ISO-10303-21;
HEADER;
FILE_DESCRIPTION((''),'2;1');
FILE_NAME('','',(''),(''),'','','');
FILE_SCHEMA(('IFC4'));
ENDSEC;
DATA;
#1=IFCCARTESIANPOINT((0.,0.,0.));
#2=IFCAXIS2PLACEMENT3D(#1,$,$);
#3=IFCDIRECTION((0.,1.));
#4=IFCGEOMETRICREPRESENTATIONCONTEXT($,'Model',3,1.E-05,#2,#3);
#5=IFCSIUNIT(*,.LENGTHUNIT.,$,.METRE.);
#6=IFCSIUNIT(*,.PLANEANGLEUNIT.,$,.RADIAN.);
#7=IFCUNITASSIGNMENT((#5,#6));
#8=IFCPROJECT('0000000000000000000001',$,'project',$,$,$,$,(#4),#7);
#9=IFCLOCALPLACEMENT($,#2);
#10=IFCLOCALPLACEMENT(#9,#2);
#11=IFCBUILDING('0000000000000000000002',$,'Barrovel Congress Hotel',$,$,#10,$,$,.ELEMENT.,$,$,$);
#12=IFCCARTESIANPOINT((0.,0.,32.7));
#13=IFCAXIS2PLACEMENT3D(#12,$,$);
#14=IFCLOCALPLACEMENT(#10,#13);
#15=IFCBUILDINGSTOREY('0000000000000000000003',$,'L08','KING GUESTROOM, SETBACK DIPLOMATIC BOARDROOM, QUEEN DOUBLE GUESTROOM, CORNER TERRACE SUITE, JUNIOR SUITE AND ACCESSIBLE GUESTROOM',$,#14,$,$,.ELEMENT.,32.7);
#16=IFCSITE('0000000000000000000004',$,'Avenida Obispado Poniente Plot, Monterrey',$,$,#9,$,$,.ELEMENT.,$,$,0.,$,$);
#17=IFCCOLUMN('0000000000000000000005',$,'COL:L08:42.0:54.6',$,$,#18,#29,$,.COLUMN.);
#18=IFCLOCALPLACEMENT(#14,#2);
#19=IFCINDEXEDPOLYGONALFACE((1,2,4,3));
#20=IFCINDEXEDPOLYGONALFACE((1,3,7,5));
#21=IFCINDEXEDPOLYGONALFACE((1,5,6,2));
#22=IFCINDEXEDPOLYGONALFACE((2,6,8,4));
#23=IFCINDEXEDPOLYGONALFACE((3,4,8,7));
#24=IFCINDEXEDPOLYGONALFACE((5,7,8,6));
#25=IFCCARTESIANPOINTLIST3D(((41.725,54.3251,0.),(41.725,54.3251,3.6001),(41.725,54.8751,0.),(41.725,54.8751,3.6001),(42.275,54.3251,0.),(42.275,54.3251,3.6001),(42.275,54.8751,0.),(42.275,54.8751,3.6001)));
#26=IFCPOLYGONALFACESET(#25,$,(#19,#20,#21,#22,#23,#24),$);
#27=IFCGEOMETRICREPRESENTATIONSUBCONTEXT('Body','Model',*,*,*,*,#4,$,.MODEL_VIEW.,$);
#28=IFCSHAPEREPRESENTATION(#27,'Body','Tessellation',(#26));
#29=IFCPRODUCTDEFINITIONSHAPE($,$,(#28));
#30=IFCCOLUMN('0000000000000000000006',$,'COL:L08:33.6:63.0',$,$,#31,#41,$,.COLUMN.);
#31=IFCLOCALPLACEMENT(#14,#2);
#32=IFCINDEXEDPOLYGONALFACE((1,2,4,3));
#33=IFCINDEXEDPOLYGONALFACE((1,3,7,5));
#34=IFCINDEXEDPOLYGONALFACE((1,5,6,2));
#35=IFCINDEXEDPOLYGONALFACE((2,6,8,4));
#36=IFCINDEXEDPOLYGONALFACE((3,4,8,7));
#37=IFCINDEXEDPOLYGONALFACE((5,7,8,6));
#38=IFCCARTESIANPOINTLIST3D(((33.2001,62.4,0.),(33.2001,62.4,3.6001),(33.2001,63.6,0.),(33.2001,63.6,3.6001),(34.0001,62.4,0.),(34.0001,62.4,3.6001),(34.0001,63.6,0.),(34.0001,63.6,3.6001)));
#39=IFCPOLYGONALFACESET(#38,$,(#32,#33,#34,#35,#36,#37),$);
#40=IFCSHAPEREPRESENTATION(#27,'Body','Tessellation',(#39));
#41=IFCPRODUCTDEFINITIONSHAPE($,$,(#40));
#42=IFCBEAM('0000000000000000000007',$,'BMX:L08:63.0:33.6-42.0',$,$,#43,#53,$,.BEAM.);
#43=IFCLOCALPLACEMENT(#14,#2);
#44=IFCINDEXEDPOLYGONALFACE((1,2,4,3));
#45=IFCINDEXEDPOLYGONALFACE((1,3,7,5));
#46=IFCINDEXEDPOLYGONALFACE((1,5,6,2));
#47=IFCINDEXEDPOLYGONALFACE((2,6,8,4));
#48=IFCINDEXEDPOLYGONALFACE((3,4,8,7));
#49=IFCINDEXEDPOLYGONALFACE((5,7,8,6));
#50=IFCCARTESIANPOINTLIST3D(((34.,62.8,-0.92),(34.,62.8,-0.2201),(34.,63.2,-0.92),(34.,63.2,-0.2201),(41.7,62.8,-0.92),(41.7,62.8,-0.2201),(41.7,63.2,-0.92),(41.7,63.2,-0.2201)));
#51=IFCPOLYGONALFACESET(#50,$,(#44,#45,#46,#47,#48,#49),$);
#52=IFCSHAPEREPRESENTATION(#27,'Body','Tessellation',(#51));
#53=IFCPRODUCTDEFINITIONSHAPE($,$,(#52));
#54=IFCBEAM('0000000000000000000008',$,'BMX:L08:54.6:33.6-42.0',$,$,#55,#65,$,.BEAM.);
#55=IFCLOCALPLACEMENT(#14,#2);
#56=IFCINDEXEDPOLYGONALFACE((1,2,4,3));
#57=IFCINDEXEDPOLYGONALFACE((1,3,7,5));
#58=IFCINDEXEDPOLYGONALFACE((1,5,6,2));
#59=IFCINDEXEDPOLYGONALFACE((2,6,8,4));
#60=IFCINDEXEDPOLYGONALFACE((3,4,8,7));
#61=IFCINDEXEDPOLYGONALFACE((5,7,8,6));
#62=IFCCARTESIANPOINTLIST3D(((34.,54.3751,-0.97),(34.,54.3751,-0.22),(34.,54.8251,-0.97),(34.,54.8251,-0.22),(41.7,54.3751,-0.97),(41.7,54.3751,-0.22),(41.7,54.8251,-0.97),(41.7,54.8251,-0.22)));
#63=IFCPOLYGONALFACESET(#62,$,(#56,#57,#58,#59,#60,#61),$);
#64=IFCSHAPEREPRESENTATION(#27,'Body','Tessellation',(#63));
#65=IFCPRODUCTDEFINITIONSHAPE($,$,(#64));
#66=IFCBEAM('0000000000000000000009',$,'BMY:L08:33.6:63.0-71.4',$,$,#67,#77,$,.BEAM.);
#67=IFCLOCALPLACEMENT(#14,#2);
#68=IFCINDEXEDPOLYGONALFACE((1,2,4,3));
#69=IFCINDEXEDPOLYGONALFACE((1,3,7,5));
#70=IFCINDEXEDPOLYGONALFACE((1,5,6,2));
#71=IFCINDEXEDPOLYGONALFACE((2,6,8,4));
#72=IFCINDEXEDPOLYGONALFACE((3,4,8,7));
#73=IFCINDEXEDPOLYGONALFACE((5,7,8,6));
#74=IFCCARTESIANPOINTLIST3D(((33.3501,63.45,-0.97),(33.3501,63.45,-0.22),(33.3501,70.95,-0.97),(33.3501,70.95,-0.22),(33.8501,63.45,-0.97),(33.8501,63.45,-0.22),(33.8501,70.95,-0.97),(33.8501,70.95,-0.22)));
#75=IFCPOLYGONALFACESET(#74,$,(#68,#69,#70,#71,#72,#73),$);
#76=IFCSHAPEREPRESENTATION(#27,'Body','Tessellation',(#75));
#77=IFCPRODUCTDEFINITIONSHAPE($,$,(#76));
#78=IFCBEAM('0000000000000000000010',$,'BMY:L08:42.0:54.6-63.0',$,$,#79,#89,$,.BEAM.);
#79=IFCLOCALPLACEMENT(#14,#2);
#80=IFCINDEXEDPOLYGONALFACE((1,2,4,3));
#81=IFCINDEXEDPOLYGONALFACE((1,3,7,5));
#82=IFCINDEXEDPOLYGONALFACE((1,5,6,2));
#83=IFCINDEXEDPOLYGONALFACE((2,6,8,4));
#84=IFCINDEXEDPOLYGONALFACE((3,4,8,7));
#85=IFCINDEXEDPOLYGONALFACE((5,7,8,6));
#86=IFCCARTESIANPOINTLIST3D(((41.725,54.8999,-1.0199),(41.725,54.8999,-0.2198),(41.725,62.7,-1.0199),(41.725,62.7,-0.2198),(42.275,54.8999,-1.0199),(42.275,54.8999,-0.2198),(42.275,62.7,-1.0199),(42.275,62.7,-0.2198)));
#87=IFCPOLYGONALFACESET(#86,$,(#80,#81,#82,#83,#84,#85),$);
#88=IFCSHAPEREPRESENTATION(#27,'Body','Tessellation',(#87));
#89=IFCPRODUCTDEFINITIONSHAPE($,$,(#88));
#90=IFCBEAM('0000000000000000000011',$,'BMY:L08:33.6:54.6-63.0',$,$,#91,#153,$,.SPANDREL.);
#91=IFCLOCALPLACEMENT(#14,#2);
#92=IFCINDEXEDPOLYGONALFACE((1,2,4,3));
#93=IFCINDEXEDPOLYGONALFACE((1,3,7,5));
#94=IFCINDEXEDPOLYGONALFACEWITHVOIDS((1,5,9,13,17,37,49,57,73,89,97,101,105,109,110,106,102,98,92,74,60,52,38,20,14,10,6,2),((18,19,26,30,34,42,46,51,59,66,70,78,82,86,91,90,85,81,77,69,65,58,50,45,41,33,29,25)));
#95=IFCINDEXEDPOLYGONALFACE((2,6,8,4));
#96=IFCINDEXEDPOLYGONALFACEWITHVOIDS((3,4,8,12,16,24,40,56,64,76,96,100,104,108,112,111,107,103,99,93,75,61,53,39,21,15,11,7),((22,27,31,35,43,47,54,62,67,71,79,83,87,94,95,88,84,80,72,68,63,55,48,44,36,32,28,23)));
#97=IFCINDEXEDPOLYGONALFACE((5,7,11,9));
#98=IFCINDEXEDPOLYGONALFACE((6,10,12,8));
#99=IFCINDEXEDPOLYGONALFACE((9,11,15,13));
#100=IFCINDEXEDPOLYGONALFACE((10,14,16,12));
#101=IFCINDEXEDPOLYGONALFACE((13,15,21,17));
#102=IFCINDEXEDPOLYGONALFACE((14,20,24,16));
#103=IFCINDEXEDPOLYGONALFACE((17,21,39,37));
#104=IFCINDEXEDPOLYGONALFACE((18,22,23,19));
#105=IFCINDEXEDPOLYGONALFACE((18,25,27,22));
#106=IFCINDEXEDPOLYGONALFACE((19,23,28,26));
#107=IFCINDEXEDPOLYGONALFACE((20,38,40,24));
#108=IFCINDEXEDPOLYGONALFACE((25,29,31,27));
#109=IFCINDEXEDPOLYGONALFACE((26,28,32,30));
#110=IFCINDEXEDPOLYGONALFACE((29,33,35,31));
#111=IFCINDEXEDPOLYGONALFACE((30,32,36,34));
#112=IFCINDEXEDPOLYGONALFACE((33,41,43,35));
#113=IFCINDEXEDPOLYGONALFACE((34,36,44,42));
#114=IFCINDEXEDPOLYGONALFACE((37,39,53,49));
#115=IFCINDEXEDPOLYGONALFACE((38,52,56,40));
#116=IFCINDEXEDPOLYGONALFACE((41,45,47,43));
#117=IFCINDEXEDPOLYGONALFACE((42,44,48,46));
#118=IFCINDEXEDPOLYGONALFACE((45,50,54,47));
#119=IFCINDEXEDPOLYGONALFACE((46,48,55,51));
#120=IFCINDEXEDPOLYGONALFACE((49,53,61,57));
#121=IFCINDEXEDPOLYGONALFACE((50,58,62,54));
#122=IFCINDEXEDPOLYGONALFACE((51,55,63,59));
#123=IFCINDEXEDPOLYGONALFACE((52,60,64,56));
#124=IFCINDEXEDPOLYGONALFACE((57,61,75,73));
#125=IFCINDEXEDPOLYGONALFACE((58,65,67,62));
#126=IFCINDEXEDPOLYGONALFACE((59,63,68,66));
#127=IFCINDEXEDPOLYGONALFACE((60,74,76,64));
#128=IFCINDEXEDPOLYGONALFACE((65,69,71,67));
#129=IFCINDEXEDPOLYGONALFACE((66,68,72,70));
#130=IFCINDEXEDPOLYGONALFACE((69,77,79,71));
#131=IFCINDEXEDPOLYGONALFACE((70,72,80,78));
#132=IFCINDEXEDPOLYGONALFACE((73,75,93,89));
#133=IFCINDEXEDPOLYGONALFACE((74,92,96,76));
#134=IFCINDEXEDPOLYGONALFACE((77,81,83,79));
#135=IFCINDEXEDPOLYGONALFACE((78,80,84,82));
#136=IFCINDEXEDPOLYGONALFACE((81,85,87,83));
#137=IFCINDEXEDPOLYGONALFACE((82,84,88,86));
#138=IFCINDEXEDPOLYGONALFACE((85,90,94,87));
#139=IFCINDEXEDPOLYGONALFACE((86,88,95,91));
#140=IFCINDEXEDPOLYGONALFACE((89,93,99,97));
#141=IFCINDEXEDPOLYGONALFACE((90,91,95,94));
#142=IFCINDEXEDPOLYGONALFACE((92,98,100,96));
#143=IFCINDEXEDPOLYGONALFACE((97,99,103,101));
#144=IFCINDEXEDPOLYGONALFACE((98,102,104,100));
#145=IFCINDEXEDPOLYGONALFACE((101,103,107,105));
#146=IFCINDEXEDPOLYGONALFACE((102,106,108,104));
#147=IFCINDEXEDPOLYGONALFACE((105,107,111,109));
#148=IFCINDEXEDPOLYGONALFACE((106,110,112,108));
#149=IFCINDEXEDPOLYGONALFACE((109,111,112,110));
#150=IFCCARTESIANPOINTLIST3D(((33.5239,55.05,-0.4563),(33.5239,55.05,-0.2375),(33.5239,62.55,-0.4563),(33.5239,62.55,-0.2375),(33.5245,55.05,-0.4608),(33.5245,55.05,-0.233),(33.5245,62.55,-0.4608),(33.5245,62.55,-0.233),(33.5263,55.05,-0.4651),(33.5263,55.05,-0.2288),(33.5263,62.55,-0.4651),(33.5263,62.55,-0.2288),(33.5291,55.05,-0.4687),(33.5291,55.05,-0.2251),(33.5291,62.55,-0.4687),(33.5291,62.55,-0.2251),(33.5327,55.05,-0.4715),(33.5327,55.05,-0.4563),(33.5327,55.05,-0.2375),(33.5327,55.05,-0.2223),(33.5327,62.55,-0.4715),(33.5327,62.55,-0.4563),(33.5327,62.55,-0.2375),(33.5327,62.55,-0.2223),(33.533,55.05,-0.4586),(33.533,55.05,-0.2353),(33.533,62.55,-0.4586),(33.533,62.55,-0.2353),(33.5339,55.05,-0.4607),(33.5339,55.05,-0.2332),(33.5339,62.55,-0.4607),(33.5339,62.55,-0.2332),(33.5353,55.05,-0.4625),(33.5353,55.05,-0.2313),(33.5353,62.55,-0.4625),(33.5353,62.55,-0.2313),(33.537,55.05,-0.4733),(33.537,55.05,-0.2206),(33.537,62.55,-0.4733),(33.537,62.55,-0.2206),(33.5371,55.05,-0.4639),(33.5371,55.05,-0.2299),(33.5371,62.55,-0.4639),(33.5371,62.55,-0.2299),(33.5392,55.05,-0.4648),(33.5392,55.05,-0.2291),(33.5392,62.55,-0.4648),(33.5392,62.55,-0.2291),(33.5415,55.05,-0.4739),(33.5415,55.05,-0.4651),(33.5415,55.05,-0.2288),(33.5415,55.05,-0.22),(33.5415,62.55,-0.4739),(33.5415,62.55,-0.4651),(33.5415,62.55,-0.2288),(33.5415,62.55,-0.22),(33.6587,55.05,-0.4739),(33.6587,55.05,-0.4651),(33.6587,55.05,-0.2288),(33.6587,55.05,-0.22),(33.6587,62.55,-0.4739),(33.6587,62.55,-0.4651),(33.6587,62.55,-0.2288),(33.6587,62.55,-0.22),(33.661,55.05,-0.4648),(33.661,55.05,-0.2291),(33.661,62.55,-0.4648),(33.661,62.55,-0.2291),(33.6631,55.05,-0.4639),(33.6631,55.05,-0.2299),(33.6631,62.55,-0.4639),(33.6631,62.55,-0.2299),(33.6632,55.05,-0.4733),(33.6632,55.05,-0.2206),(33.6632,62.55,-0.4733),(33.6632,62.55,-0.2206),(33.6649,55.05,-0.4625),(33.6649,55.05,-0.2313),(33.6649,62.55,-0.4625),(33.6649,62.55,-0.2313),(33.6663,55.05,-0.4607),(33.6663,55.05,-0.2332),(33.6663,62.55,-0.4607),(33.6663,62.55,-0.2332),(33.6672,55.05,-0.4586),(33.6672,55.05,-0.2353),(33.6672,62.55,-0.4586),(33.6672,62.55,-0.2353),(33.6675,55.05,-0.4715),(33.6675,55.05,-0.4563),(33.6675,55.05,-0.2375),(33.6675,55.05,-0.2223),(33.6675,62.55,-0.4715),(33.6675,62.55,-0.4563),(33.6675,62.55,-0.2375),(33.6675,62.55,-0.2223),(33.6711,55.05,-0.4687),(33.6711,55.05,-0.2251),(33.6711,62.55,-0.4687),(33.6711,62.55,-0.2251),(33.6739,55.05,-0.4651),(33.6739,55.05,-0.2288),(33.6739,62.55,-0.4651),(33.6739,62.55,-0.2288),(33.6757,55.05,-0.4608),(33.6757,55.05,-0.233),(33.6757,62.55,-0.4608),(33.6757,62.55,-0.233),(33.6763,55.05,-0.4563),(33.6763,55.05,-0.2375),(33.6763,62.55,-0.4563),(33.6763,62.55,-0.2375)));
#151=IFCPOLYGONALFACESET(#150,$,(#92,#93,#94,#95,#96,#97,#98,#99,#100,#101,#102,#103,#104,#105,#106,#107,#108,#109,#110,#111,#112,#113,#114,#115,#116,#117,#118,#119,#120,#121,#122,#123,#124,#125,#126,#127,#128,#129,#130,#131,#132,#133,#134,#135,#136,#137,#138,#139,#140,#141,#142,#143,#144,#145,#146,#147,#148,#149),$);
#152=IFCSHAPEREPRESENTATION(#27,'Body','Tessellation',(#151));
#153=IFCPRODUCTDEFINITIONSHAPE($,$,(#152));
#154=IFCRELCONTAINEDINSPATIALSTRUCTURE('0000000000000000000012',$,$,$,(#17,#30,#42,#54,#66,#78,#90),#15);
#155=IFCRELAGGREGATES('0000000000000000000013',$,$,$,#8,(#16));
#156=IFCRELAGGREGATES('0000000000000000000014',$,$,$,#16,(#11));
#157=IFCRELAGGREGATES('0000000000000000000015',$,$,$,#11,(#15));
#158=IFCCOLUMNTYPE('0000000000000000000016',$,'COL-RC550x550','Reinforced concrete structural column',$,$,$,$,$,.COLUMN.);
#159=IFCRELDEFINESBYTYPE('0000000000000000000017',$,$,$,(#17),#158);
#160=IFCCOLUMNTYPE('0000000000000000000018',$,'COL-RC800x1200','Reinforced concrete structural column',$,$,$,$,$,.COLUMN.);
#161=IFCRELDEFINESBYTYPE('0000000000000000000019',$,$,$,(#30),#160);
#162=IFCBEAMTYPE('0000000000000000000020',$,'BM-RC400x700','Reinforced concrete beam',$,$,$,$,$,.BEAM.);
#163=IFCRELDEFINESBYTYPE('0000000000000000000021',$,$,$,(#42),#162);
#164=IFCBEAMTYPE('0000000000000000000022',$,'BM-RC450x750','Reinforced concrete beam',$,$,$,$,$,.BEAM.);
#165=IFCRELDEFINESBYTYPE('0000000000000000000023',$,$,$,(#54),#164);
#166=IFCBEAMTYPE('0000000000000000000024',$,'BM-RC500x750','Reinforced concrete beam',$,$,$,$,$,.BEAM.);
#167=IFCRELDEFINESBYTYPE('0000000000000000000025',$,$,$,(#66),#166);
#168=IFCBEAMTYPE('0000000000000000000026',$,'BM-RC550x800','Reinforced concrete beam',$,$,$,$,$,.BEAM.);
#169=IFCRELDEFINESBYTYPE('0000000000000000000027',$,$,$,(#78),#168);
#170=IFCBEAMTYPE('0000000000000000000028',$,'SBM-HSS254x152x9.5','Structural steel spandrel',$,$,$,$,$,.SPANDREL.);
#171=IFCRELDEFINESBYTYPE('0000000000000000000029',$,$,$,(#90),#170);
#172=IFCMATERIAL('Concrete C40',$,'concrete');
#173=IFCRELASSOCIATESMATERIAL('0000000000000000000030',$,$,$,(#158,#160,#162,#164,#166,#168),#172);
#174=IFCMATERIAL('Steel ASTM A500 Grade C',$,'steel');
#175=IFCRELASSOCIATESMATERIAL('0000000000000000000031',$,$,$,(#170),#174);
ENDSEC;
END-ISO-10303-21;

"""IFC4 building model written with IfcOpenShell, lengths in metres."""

from ifc_helpers import new_model, si_unit, direction, frame, origin, origin_2d, place, context, subcontext, project, spatial, rectangle, hollow_rectangle, extrude, material, material_profile, profile_set, type_object, element, save


model = new_model("IFC4")

# Units and contexts
model_context = context("Model", 3, precision=1e-05, world=origin(), true_north=direction((0.0, 1.0)))
body_context = subcontext(model_context, "Body", "Model", "MODEL_VIEW")
ifc_project = project(units=[si_unit("LENGTHUNIT", "METRE"), si_unit("PLANEANGLEUNIT", "RADIAN")], contexts=[model_context])

# Site, building, storey
site_placement = place(None, origin())
site = spatial("IfcSite", under=ifc_project, at=site_placement, Name="Avenida Obispado Poniente Plot, Monterrey", CompositionType="ELEMENT", RefElevation=0.0)
building_placement = place(site_placement, origin())
building = spatial("IfcBuilding", under=site, at=building_placement, Name="Barrovel Congress Hotel", CompositionType="ELEMENT")
storey_placement = place(building_placement, frame((0.0, 0.0, 32.7)))
storey = spatial("IfcBuildingStorey", under=building, at=storey_placement, Name="L08", Description="KING GUESTROOM, SETBACK DIPLOMATIC BOARDROOM, QUEEN DOUBLE GUESTROOM, CORNER TERRACE SUITE, JUNIOR SUITE AND ACCESSIBLE GUESTROOM", CompositionType="ELEMENT", Elevation=32.7)

# Columns
ifc_material_1 = material(Name="Concrete C40", Category="concrete")
ifc_material_profile_1 = material_profile(ifc_material_1, rectangle(XDim=0.55, YDim=0.55, at=origin_2d()), Name="RC550x550")
ifc_profile_set_1 = profile_set([ifc_material_profile_1], Name="Concrete C40")
column_type_1 = type_object("IfcColumnType", Name="COL-RC550x550", Description="Reinforced concrete structural column", PredefinedType="COLUMN", material=ifc_profile_set_1)
column_1_placement = place(storey_placement, frame((42.0, 54.6001, 0.0), z_axis=(0.0, 0.0, 1.0), x_axis=(1.0, 0.0, 0.0)))
element("IfcColumn", 1, at=column_1_placement, inside=storey, type_object=column_type_1, Name="COL:L08:42.0:54.6", PredefinedType="COLUMN", context=body_context, shape_type="SweptSolid", body=[
    extrude(rectangle(XDim=0.55, YDim=0.55, at=origin_2d()), origin(), (0.0, 0.0, 1.0), 3.6001),
])
ifc_material_profile_2 = material_profile(ifc_material_1, rectangle(XDim=0.8, YDim=1.2, at=origin_2d()), Name="RC800x1200")
ifc_profile_set_2 = profile_set([ifc_material_profile_2], Name="Concrete C40")
column_type_2 = type_object("IfcColumnType", Name="COL-RC800x1200", Description="Reinforced concrete structural column", PredefinedType="COLUMN", material=ifc_profile_set_2)
column_2_placement = place(storey_placement, frame((33.6001, 63.0, 0.0), z_axis=(0.0, 0.0, 1.0), x_axis=(1.0, 0.0, 0.0)))
element("IfcColumn", 2, at=column_2_placement, inside=storey, type_object=column_type_2, Name="COL:L08:33.6:63.0", PredefinedType="COLUMN", context=body_context, shape_type="SweptSolid", body=[
    extrude(rectangle(XDim=0.8, YDim=1.2, at=origin_2d()), origin(), (0.0, 0.0, 1.0), 3.6001),
])

# Beams
ifc_material_profile_3 = material_profile(ifc_material_1, rectangle(XDim=0.3999, YDim=0.7, at=origin_2d()), Name="RC400x700")
ifc_profile_set_3 = profile_set([ifc_material_profile_3], Name="Concrete C40")
beam_type_1 = type_object("IfcBeamType", Name="BM-RC400x700", Description="Reinforced concrete beam", PredefinedType="BEAM", material=ifc_profile_set_3)
beam_1_placement = place(storey_placement, frame((34.0, 63.0, -0.5701), z_axis=(1.0, 0.0, 0.0), x_axis=(0.0, 1.0, 0.0)))
element("IfcBeam", 3, at=beam_1_placement, inside=storey, type_object=beam_type_1, Name="BMX:L08:63.0:33.6-42.0", PredefinedType="BEAM", context=body_context, shape_type="SweptSolid", body=[
    extrude(rectangle(XDim=0.3999, YDim=0.7, at=origin_2d()), origin(), (0.0, 0.0, 1.0), 7.7),
])
ifc_material_profile_4 = material_profile(ifc_material_1, rectangle(XDim=0.45, YDim=0.75, at=origin_2d()), Name="RC450x750")
ifc_profile_set_4 = profile_set([ifc_material_profile_4], Name="Concrete C40")
beam_type_2 = type_object("IfcBeamType", Name="BM-RC450x750", Description="Reinforced concrete beam", PredefinedType="BEAM", material=ifc_profile_set_4)
beam_2_placement = place(storey_placement, frame((34.0, 54.6001, -0.595), z_axis=(1.0, 0.0, 0.0), x_axis=(0.0, 1.0, 0.0)))
element("IfcBeam", 4, at=beam_2_placement, inside=storey, type_object=beam_type_2, Name="BMX:L08:54.6:33.6-42.0", PredefinedType="BEAM", context=body_context, shape_type="SweptSolid", body=[
    extrude(rectangle(XDim=0.45, YDim=0.75, at=origin_2d()), origin(), (0.0, 0.0, 1.0), 7.7),
])
ifc_material_profile_5 = material_profile(ifc_material_1, rectangle(XDim=0.5, YDim=0.75, at=origin_2d()), Name="RC500x750")
ifc_profile_set_5 = profile_set([ifc_material_profile_5], Name="Concrete C40")
beam_type_3 = type_object("IfcBeamType", Name="BM-RC500x750", Description="Reinforced concrete beam", PredefinedType="BEAM", material=ifc_profile_set_5)
beam_3_placement = place(storey_placement, frame((33.6001, 63.45, -0.595), z_axis=(0.0, 1.0, 0.0), x_axis=(-1.0, 0.0, 0.0)))
element("IfcBeam", 5, at=beam_3_placement, inside=storey, type_object=beam_type_3, Name="BMY:L08:33.6:63.0-71.4", PredefinedType="BEAM", context=body_context, shape_type="SweptSolid", body=[
    extrude(rectangle(XDim=0.5, YDim=0.75, at=origin_2d()), origin(), (0.0, 0.0, 1.0), 7.5),
])
ifc_material_profile_6 = material_profile(ifc_material_1, rectangle(XDim=0.55, YDim=0.8, at=origin_2d()), Name="RC550x800")
ifc_profile_set_6 = profile_set([ifc_material_profile_6], Name="Concrete C40")
beam_type_4 = type_object("IfcBeamType", Name="BM-RC550x800", Description="Reinforced concrete beam", PredefinedType="BEAM", material=ifc_profile_set_6)
beam_4_placement = place(storey_placement, frame((42.0, 54.8999, -0.6199), z_axis=(0.0, 1.0, 0.0), x_axis=(-1.0, 0.0, 0.0)))
element("IfcBeam", 6, at=beam_4_placement, inside=storey, type_object=beam_type_4, Name="BMY:L08:42.0:54.6-63.0", PredefinedType="BEAM", context=body_context, shape_type="SweptSolid", body=[
    extrude(rectangle(XDim=0.55, YDim=0.8, at=origin_2d()), origin(), (0.0, 0.0, 1.0), 7.8),
])
ifc_material_2 = material(Name="Steel ASTM A500 Grade C", Category="steel")
ifc_material_profile_7 = material_profile(ifc_material_2, hollow_rectangle(XDim=0.1523, YDim=0.2539, WallThickness=0.0088, InnerFilletRadius=0.0088, OuterFilletRadius=0.0176, at=origin_2d()), Name="HSS254x152x9.5")
ifc_profile_set_7 = profile_set([ifc_material_profile_7], Name="Steel ASTM A500 Grade C")
beam_type_5 = type_object("IfcBeamType", Name="SBM-HSS254x152x9.5", Description="Structural steel spandrel", PredefinedType="SPANDREL", material=ifc_profile_set_7)
beam_5_placement = place(storey_placement, frame((33.6001, 55.05, -0.3469), z_axis=(0.0, 1.0, 0.0), x_axis=(-1.0, 0.0, 0.0)))
element("IfcBeam", 7, at=beam_5_placement, inside=storey, type_object=beam_type_5, Name="BMY:L08:33.6:54.6-63.0", PredefinedType="SPANDREL", context=body_context, shape_type="SweptSolid", body=[
    extrude(hollow_rectangle(XDim=0.1523, YDim=0.2539, WallThickness=0.0088, InnerFilletRadius=0.0088, OuterFilletRadius=0.0176, at=origin_2d()), origin(), (0.0, 0.0, 1.0), 7.5),
])

save(model, "model.ifc")
